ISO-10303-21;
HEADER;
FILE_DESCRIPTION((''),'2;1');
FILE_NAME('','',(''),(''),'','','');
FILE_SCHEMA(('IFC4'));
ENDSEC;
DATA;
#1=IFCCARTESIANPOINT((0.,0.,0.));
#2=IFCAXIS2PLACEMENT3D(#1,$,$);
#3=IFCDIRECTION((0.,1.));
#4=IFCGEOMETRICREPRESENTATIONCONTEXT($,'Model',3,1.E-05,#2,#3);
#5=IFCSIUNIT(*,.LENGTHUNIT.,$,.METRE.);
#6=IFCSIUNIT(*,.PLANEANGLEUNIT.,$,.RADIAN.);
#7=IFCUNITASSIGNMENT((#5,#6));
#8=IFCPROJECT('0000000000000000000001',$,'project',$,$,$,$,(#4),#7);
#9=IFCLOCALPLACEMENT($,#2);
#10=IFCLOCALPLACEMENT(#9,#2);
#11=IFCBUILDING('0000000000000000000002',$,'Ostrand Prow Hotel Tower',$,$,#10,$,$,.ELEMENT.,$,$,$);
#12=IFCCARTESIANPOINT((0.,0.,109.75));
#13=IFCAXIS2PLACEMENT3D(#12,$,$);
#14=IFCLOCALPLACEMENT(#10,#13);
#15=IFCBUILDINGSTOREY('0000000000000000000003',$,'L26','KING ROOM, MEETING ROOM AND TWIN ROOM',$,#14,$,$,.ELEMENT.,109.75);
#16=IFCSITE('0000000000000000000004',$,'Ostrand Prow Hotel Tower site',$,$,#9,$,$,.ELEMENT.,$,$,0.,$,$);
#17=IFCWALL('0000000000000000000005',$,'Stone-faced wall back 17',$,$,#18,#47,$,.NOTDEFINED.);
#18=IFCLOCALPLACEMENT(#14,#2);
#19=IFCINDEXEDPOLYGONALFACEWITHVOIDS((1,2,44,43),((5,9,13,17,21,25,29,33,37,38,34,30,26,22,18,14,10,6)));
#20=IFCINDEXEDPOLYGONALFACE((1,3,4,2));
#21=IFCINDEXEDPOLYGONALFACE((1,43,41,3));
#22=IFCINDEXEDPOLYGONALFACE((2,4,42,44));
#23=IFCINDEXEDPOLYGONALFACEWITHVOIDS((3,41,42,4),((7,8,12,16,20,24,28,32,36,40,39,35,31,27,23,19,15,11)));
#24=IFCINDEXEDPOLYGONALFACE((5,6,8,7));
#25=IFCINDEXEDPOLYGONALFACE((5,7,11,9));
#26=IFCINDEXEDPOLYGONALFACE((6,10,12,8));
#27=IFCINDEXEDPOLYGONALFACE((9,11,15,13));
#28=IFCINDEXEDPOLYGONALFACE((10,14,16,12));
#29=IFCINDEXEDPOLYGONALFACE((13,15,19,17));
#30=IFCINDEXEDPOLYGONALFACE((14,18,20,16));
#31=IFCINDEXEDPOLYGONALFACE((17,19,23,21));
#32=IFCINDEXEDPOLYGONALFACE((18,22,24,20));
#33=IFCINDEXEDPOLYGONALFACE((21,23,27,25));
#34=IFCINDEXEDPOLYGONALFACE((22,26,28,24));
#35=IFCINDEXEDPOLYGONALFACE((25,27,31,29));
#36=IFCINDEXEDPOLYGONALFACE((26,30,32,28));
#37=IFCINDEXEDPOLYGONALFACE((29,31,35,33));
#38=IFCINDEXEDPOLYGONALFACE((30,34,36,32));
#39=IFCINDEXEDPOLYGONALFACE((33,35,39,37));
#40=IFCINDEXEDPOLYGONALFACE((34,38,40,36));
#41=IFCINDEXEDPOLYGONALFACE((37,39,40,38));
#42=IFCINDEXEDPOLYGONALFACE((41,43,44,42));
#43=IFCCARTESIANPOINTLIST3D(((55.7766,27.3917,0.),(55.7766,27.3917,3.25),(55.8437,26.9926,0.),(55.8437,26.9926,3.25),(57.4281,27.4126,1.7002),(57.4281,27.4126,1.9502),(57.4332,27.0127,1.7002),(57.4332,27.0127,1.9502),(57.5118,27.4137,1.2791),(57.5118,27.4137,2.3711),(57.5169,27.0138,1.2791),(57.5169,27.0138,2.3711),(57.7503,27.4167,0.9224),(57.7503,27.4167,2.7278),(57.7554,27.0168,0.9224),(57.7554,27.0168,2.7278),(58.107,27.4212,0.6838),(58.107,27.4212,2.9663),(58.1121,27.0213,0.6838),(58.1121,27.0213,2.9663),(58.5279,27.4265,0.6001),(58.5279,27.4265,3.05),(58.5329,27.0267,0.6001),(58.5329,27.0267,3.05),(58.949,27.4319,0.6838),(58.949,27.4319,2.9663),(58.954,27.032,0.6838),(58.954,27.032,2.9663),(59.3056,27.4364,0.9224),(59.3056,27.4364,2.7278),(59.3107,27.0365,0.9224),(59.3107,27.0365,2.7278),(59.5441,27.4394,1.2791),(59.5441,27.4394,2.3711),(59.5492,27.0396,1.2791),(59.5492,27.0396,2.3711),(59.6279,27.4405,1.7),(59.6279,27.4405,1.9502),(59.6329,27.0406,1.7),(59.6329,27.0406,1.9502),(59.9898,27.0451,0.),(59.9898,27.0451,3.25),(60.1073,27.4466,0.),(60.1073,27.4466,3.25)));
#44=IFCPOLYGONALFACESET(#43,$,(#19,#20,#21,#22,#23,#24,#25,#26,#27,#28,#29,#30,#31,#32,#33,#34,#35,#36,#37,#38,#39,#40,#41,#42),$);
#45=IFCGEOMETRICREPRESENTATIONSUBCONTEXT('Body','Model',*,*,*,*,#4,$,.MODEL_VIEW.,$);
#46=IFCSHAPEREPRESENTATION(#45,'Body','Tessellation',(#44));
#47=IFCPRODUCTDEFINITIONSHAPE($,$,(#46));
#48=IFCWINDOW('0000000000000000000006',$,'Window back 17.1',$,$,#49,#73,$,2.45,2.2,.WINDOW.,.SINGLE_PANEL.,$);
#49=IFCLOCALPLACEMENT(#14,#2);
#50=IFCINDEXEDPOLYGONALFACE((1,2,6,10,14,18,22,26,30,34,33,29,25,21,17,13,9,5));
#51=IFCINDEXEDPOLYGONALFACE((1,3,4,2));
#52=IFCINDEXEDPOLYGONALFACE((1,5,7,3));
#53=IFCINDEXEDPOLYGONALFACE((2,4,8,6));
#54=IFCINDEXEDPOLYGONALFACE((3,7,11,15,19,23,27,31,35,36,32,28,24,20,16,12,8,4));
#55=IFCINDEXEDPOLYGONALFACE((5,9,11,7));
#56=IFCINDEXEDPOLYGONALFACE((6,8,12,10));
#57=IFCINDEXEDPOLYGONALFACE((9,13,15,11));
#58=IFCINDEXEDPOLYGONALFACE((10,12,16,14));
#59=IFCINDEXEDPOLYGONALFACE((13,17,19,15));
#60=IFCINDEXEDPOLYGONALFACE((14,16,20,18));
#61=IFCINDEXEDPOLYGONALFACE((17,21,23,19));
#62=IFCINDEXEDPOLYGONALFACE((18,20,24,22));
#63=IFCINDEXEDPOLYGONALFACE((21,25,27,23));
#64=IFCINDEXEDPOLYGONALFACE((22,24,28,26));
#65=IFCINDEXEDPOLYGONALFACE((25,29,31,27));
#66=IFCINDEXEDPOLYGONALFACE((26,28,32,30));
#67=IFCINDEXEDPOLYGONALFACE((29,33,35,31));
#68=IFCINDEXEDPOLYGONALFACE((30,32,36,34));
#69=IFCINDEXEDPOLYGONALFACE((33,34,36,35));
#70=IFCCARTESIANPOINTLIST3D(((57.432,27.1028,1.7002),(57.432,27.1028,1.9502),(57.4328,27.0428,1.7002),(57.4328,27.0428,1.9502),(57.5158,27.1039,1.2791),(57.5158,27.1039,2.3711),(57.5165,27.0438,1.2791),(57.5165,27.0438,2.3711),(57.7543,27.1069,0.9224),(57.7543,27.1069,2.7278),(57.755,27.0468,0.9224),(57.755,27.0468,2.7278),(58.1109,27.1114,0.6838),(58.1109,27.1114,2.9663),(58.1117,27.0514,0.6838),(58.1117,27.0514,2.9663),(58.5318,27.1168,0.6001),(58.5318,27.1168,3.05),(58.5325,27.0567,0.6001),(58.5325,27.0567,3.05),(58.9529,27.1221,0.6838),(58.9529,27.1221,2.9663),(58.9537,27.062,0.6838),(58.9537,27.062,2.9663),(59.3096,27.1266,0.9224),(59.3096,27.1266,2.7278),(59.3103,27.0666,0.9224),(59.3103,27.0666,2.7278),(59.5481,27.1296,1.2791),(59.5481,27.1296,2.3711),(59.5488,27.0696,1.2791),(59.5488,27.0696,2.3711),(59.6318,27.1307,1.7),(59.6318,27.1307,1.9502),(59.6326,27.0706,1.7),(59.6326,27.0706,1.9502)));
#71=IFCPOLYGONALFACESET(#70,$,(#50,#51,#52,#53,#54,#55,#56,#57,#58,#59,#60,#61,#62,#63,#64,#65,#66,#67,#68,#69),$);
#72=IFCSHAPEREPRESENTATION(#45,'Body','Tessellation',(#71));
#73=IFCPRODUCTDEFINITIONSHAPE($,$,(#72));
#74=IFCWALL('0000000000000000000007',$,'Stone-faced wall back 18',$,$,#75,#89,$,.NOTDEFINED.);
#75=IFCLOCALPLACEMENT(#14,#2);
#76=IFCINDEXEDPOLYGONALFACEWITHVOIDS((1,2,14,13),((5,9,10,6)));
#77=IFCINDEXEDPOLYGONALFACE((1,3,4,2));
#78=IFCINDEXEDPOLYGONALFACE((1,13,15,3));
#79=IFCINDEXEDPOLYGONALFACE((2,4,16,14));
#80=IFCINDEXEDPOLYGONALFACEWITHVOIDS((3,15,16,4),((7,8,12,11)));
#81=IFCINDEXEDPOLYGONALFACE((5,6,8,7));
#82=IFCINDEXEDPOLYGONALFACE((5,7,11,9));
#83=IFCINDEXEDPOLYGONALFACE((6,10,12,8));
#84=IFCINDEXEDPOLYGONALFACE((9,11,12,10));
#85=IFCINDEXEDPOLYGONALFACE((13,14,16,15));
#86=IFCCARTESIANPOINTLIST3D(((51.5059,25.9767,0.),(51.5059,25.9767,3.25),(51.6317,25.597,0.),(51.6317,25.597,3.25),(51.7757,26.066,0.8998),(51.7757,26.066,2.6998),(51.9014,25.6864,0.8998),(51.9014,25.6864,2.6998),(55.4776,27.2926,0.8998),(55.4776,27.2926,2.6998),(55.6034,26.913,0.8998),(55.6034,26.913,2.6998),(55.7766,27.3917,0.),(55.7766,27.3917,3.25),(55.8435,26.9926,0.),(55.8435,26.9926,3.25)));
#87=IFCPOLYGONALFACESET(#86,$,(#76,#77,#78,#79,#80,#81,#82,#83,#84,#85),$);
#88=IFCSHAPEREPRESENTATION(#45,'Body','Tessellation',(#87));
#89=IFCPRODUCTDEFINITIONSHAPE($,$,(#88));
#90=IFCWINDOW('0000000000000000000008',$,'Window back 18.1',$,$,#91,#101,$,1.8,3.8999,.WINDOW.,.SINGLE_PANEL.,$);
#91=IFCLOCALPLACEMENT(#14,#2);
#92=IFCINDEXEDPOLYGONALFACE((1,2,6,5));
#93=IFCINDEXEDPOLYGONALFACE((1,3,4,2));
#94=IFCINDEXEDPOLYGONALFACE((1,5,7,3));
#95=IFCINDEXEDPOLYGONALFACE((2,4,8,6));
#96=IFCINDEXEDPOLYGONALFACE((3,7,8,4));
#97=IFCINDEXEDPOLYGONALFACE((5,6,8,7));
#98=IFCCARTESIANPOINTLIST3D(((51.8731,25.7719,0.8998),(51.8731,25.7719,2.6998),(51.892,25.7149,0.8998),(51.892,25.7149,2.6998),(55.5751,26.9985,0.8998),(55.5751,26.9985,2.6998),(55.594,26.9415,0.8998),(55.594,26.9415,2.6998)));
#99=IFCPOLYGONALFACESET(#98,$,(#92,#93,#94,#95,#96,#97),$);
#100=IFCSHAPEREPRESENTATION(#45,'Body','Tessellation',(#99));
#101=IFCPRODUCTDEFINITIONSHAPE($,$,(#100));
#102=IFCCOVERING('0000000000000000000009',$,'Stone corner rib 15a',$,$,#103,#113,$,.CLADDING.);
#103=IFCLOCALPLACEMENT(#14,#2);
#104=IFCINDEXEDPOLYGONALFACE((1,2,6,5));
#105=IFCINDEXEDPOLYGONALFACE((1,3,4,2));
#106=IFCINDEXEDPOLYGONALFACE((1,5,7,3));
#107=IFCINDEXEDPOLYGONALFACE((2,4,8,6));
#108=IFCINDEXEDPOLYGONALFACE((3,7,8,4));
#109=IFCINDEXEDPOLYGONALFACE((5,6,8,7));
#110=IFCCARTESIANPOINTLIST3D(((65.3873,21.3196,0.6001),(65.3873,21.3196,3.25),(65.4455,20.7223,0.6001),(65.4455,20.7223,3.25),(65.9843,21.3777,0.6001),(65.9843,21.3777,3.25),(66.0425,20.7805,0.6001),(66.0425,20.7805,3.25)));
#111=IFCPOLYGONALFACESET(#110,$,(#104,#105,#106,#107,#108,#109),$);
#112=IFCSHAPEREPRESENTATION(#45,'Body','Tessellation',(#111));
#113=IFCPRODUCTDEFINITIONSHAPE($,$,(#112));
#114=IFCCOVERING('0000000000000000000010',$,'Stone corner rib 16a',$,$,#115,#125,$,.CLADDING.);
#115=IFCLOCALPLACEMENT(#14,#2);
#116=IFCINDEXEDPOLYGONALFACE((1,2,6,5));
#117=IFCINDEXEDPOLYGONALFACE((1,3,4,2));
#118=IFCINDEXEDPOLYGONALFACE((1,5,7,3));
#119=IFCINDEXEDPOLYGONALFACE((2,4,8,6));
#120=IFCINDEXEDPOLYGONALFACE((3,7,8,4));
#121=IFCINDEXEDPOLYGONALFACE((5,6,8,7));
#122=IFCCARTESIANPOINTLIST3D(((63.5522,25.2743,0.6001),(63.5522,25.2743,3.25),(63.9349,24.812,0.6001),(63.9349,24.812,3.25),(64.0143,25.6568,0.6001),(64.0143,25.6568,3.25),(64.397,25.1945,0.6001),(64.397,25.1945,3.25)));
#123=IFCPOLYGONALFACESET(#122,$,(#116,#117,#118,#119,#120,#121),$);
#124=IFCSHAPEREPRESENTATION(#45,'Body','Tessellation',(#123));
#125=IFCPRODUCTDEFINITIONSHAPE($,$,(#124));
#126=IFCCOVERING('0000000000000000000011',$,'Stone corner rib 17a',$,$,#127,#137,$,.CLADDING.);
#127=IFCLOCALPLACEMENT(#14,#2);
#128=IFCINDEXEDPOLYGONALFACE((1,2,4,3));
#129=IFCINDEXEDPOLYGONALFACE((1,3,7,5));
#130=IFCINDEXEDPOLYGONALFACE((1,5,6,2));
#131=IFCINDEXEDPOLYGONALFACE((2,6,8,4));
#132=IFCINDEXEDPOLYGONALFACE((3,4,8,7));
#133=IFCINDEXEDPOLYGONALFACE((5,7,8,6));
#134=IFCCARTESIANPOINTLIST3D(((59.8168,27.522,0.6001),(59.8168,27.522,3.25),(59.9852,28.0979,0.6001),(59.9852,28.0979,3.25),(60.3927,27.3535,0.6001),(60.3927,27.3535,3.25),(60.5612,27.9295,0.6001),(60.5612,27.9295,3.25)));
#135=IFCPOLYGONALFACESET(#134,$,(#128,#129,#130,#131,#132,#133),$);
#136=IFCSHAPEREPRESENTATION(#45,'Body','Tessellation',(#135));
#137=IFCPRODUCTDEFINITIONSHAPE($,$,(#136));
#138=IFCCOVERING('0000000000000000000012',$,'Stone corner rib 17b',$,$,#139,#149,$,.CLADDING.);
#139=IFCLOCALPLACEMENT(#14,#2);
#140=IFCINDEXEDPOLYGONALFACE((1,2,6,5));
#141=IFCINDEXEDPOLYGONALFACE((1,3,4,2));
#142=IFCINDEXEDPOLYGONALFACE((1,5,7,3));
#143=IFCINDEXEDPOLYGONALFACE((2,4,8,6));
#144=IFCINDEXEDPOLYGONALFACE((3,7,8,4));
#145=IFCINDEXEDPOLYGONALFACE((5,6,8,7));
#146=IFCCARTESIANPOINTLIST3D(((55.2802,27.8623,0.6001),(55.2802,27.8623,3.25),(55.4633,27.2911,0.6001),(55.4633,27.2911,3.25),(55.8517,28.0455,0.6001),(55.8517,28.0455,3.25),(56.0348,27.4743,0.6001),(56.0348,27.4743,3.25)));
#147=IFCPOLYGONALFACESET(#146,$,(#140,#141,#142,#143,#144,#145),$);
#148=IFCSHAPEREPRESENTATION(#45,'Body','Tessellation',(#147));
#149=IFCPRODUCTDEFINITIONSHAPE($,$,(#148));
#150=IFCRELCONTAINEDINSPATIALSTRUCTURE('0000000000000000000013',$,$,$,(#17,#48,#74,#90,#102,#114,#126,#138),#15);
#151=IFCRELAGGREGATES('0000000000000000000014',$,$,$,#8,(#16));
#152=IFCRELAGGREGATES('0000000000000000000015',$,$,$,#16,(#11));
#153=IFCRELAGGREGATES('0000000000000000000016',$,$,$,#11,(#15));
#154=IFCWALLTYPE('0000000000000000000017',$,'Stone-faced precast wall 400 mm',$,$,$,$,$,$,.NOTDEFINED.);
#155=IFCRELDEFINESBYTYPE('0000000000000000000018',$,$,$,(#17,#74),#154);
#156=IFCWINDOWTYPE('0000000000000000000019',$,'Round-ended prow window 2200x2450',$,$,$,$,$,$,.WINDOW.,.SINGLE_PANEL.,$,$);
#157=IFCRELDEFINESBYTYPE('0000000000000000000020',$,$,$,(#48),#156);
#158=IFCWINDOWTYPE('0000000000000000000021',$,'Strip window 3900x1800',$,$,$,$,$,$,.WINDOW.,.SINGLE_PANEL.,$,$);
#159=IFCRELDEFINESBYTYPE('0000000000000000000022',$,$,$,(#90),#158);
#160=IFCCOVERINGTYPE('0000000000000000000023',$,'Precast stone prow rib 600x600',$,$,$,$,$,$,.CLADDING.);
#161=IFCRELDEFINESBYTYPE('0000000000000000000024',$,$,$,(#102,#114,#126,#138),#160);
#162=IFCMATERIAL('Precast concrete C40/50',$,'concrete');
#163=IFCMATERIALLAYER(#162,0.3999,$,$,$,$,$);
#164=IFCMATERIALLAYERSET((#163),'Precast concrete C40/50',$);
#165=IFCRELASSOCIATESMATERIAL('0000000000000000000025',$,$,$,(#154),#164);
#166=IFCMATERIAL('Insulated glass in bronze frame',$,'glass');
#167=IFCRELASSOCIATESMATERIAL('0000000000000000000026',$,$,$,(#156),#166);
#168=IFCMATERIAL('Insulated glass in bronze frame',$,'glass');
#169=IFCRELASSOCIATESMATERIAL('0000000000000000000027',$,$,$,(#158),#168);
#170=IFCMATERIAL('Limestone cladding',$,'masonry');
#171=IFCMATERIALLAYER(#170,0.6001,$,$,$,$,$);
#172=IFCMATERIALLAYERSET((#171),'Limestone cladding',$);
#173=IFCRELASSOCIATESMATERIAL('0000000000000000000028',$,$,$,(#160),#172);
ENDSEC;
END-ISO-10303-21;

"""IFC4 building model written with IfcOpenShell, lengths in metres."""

from ifc_helpers import new_model, si_unit, direction, frame, frame_2d, origin, place, context, subcontext, project, spatial, polyline, rectangle, outline, extrude, material, layer, layer_set, type_object, element, fill, save


model = new_model("IFC4")

# Units and contexts
model_context = context("Model", 3, precision=1e-05, world=origin(), true_north=direction((0.0, 1.0)))
body_context = subcontext(model_context, "Body", "Model", "MODEL_VIEW")
ifc_project = project(units=[si_unit("LENGTHUNIT", "METRE"), si_unit("PLANEANGLEUNIT", "RADIAN")], contexts=[model_context])

# Site, building, storey
site_placement = place(None, origin())
site = spatial("IfcSite", under=ifc_project, at=site_placement, Name="Ostrand Prow Hotel Tower site", CompositionType="ELEMENT", RefElevation=0.0)
building_placement = place(site_placement, origin())
building = spatial("IfcBuilding", under=site, at=building_placement, Name="Ostrand Prow Hotel Tower", CompositionType="ELEMENT")
storey_placement = place(building_placement, frame((0.0, 0.0, 109.75)))
storey = spatial("IfcBuildingStorey", under=building, at=storey_placement, Name="L26", Description="KING ROOM, MEETING ROOM AND TWIN ROOM", CompositionType="ELEMENT", Elevation=109.75)

# Shared definitions
ifc_material_1 = material(Name="Precast concrete C40/50", Category="concrete")
ifc_layer_1 = layer(ifc_material_1, 0.3999)
ifc_layer_set_1 = layer_set([ifc_layer_1], Name="Precast concrete C40/50")
wall_type_1 = type_object("IfcWallType", Name="Stone-faced precast wall 400 mm", PredefinedType="NOTDEFINED", material=ifc_layer_set_1)

# Walls, openings, windows
ifc_material_2 = material(Name="Insulated glass in bronze frame", Category="glass")
window_type_1 = type_object("IfcWindowType", Name="Round-ended prow window 2200x2450", PartitioningType="SINGLE_PANEL", PredefinedType="WINDOW", material=ifc_material_2)
wall_1_placement = place(storey_placement, frame((60.0486, 27.2458, 0.0), z_axis=(0.0, 0.0, 1.0), x_axis=(-0.99992, -0.012671, 0.0)))
wall_1 = element("IfcWall", 1, at=wall_1_placement, inside=storey, type_object=wall_type_1, Name="Stone-faced wall back 17", PredefinedType="NOTDEFINED", context=body_context, shape_type="SweptSolid", body=[
    extrude(outline(polyline([(-0.0613, -0.2), (4.2698, -0.2), (4.2078, 0.2), (0.0613, 0.2), (-0.0613, -0.2)])), origin(), (0.0, 0.0, 1.0), 3.25),
])
opening_1_placement = place(wall_1_placement, frame((0.4182, 0.0, 0.6001)))
opening_1 = element("IfcOpeningElement", 2, at=opening_1_placement, cuts=wall_1, PredefinedType="OPENING", context=body_context, shape_type="SweptSolid", body=[
    extrude(outline(polyline([(0.0, 1.3501), (0.0837, 1.771), (0.3223, 2.1277), (0.679, 2.3662), (1.1001, 2.45), (1.521, 2.3662), (1.8777, 2.1277), (2.1162, 1.771), (2.2, 1.3501), (2.2, 1.1001), (2.1162, 0.679), (1.8777, 0.3223), (1.521, 0.0837), (1.1001, 0.0), (0.679, 0.0837), (0.3223, 0.3223), (0.0837, 0.679), (0.0, 1.0999), (0.0, 1.3501)])), frame((0.0, 0.21, 0.0), z_axis=(0.0, -1.0, 0.0), x_axis=(1.0, 0.0, 0.0)), (0.0, 0.0, 1.0), 0.4199),
])
window_1_placement = place(opening_1_placement, origin())
window_1 = element("IfcWindow", 3, at=window_1_placement, inside=storey, type_object=window_type_1, Name="Window back 17.1", OverallHeight=2.45, OverallWidth=2.2, PartitioningType="SINGLE_PANEL", PredefinedType="WINDOW", context=body_context, shape_type="SweptSolid", body=[
    extrude(outline(polyline([(0.0, 1.3501), (0.0837, 1.771), (0.3223, 2.1277), (0.679, 2.3662), (1.1001, 2.45), (1.521, 2.3662), (1.8777, 2.1277), (2.1162, 1.771), (2.2, 1.3501), (2.2, 1.1001), (2.1162, 0.679), (1.8777, 0.3223), (1.521, 0.0837), (1.1001, 0.0), (0.679, 0.0837), (0.3223, 0.3223), (0.0837, 0.679), (0.0, 1.0999), (0.0, 1.3501)])), frame((0.0, 0.1699, 0.0), z_axis=(0.0, -1.0, 0.0), x_axis=(1.0, 0.0, 0.0)), (0.0, 0.0, 1.0), 0.0601),
])
fill(opening_1, window_1)
wall_2_placement = place(storey_placement, frame((55.8101, 27.1921, 0.0), z_axis=(0.0, 0.0, 1.0), x_axis=(-0.94925, -0.314522, 0.0)))
wall_2 = element("IfcWall", 4, at=wall_2_placement, inside=storey, type_object=wall_type_1, Name="Stone-faced wall back 18", PredefinedType="NOTDEFINED", context=body_context, shape_type="SweptSolid", body=[
    extrude(outline(polyline([(-0.031, -0.2), (4.468, -0.2), (4.468, 0.2), (0.031, 0.2), (-0.031, -0.2)])), origin(), (0.0, 0.0, 1.0), 3.25),
])
opening_2_placement = place(wall_2_placement, frame((0.2839, 0.0, 0.8999)))
opening_2 = element("IfcOpeningElement", 5, at=opening_2_placement, cuts=wall_2, PredefinedType="OPENING", context=body_context, shape_type="SweptSolid", body=[
    extrude(rectangle(XDim=3.8999, YDim=1.8, at=frame_2d((1.95, 0.8999))), frame((0.0, 0.21, 0.0), z_axis=(0.0, -1.0, 0.0), x_axis=(1.0, 0.0, 0.0)), (0.0, 0.0, 1.0), 0.4199),
])
ifc_material_3 = material(Name="Insulated glass in bronze frame", Category="glass")
window_type_2 = type_object("IfcWindowType", Name="Strip window 3900x1800", PartitioningType="SINGLE_PANEL", PredefinedType="WINDOW", material=ifc_material_3)
window_2_placement = place(opening_2_placement, origin())
window_2 = element("IfcWindow", 6, at=window_2_placement, inside=storey, type_object=window_type_2, Name="Window back 18.1", OverallHeight=1.8, OverallWidth=3.8999, PartitioningType="SINGLE_PANEL", PredefinedType="WINDOW", context=body_context, shape_type="SweptSolid", body=[
    extrude(rectangle(XDim=3.8999, YDim=1.8, at=frame_2d((1.95, 0.8999))), frame((0.0, 0.1699, 0.0), z_axis=(0.0, -1.0, 0.0), x_axis=(1.0, 0.0, 0.0)), (0.0, 0.0, 1.0), 0.0601),
])
fill(opening_2, window_2)

# Coverings
ifc_material_4 = material(Name="Limestone cladding", Category="masonry")
ifc_layer_2 = layer(ifc_material_4, 0.6001)
ifc_layer_set_2 = layer_set([ifc_layer_2], Name="Limestone cladding")
covering_type = type_object("IfcCoveringType", Name="Precast stone prow rib 600x600", PredefinedType="CLADDING", material=ifc_layer_set_2)
for number, where, z_axis, x_axis, name in (
    (7, (65.4165, 21.021, 0.6001), (0.0, 0.0, 1.0), (0.995296, 0.096884, 0.0), "Stone corner rib 15a"),
    (8, (63.7437, 25.0432, 0.6001), (0.0, 0.0, 1.0), (0.770319, 0.637659, 0.0), "Stone corner rib 16a"),
):
    element("IfcCovering", number, at=place(storey_placement, frame(where, z_axis=z_axis, x_axis=x_axis)), inside=storey, type_object=covering_type, Name=name, PredefinedType="CLADDING", context=body_context, shape_type="SweptSolid", body=[
        extrude(rectangle(XDim=0.5999, YDim=0.6001, at=frame_2d((0.2998, 0.0))), origin(), (0.0, 0.0, 1.0), 2.6499),
    ])
covering_1_placement = place(storey_placement, frame((60.1047, 27.4377, 0.6001), z_axis=(0.0, 0.0, 1.0), x_axis=(0.280734, 0.959786, 0.0)))
element("IfcCovering", 9, at=covering_1_placement, inside=storey, type_object=covering_type, Name="Stone corner rib 17a", PredefinedType="CLADDING", context=body_context, shape_type="SweptSolid", body=[
    extrude(rectangle(XDim=0.6001, YDim=0.6001, at=frame_2d((0.3, 0.0))), origin(), (0.0, 0.0, 1.0), 2.6499),
])
covering_2_placement = place(storey_placement, frame((55.749, 27.3828, 0.6001), z_axis=(0.0, 0.0, 1.0), x_axis=(-0.305219, 0.952282, 0.0)))
element("IfcCovering", 10, at=covering_2_placement, inside=storey, type_object=covering_type, Name="Stone corner rib 17b", PredefinedType="CLADDING", context=body_context, shape_type="SweptSolid", body=[
    extrude(rectangle(XDim=0.5999, YDim=0.6001, at=frame_2d((0.2998, 0.0))), origin(), (0.0, 0.0, 1.0), 2.6499),
])

save(model, "model.ifc")
